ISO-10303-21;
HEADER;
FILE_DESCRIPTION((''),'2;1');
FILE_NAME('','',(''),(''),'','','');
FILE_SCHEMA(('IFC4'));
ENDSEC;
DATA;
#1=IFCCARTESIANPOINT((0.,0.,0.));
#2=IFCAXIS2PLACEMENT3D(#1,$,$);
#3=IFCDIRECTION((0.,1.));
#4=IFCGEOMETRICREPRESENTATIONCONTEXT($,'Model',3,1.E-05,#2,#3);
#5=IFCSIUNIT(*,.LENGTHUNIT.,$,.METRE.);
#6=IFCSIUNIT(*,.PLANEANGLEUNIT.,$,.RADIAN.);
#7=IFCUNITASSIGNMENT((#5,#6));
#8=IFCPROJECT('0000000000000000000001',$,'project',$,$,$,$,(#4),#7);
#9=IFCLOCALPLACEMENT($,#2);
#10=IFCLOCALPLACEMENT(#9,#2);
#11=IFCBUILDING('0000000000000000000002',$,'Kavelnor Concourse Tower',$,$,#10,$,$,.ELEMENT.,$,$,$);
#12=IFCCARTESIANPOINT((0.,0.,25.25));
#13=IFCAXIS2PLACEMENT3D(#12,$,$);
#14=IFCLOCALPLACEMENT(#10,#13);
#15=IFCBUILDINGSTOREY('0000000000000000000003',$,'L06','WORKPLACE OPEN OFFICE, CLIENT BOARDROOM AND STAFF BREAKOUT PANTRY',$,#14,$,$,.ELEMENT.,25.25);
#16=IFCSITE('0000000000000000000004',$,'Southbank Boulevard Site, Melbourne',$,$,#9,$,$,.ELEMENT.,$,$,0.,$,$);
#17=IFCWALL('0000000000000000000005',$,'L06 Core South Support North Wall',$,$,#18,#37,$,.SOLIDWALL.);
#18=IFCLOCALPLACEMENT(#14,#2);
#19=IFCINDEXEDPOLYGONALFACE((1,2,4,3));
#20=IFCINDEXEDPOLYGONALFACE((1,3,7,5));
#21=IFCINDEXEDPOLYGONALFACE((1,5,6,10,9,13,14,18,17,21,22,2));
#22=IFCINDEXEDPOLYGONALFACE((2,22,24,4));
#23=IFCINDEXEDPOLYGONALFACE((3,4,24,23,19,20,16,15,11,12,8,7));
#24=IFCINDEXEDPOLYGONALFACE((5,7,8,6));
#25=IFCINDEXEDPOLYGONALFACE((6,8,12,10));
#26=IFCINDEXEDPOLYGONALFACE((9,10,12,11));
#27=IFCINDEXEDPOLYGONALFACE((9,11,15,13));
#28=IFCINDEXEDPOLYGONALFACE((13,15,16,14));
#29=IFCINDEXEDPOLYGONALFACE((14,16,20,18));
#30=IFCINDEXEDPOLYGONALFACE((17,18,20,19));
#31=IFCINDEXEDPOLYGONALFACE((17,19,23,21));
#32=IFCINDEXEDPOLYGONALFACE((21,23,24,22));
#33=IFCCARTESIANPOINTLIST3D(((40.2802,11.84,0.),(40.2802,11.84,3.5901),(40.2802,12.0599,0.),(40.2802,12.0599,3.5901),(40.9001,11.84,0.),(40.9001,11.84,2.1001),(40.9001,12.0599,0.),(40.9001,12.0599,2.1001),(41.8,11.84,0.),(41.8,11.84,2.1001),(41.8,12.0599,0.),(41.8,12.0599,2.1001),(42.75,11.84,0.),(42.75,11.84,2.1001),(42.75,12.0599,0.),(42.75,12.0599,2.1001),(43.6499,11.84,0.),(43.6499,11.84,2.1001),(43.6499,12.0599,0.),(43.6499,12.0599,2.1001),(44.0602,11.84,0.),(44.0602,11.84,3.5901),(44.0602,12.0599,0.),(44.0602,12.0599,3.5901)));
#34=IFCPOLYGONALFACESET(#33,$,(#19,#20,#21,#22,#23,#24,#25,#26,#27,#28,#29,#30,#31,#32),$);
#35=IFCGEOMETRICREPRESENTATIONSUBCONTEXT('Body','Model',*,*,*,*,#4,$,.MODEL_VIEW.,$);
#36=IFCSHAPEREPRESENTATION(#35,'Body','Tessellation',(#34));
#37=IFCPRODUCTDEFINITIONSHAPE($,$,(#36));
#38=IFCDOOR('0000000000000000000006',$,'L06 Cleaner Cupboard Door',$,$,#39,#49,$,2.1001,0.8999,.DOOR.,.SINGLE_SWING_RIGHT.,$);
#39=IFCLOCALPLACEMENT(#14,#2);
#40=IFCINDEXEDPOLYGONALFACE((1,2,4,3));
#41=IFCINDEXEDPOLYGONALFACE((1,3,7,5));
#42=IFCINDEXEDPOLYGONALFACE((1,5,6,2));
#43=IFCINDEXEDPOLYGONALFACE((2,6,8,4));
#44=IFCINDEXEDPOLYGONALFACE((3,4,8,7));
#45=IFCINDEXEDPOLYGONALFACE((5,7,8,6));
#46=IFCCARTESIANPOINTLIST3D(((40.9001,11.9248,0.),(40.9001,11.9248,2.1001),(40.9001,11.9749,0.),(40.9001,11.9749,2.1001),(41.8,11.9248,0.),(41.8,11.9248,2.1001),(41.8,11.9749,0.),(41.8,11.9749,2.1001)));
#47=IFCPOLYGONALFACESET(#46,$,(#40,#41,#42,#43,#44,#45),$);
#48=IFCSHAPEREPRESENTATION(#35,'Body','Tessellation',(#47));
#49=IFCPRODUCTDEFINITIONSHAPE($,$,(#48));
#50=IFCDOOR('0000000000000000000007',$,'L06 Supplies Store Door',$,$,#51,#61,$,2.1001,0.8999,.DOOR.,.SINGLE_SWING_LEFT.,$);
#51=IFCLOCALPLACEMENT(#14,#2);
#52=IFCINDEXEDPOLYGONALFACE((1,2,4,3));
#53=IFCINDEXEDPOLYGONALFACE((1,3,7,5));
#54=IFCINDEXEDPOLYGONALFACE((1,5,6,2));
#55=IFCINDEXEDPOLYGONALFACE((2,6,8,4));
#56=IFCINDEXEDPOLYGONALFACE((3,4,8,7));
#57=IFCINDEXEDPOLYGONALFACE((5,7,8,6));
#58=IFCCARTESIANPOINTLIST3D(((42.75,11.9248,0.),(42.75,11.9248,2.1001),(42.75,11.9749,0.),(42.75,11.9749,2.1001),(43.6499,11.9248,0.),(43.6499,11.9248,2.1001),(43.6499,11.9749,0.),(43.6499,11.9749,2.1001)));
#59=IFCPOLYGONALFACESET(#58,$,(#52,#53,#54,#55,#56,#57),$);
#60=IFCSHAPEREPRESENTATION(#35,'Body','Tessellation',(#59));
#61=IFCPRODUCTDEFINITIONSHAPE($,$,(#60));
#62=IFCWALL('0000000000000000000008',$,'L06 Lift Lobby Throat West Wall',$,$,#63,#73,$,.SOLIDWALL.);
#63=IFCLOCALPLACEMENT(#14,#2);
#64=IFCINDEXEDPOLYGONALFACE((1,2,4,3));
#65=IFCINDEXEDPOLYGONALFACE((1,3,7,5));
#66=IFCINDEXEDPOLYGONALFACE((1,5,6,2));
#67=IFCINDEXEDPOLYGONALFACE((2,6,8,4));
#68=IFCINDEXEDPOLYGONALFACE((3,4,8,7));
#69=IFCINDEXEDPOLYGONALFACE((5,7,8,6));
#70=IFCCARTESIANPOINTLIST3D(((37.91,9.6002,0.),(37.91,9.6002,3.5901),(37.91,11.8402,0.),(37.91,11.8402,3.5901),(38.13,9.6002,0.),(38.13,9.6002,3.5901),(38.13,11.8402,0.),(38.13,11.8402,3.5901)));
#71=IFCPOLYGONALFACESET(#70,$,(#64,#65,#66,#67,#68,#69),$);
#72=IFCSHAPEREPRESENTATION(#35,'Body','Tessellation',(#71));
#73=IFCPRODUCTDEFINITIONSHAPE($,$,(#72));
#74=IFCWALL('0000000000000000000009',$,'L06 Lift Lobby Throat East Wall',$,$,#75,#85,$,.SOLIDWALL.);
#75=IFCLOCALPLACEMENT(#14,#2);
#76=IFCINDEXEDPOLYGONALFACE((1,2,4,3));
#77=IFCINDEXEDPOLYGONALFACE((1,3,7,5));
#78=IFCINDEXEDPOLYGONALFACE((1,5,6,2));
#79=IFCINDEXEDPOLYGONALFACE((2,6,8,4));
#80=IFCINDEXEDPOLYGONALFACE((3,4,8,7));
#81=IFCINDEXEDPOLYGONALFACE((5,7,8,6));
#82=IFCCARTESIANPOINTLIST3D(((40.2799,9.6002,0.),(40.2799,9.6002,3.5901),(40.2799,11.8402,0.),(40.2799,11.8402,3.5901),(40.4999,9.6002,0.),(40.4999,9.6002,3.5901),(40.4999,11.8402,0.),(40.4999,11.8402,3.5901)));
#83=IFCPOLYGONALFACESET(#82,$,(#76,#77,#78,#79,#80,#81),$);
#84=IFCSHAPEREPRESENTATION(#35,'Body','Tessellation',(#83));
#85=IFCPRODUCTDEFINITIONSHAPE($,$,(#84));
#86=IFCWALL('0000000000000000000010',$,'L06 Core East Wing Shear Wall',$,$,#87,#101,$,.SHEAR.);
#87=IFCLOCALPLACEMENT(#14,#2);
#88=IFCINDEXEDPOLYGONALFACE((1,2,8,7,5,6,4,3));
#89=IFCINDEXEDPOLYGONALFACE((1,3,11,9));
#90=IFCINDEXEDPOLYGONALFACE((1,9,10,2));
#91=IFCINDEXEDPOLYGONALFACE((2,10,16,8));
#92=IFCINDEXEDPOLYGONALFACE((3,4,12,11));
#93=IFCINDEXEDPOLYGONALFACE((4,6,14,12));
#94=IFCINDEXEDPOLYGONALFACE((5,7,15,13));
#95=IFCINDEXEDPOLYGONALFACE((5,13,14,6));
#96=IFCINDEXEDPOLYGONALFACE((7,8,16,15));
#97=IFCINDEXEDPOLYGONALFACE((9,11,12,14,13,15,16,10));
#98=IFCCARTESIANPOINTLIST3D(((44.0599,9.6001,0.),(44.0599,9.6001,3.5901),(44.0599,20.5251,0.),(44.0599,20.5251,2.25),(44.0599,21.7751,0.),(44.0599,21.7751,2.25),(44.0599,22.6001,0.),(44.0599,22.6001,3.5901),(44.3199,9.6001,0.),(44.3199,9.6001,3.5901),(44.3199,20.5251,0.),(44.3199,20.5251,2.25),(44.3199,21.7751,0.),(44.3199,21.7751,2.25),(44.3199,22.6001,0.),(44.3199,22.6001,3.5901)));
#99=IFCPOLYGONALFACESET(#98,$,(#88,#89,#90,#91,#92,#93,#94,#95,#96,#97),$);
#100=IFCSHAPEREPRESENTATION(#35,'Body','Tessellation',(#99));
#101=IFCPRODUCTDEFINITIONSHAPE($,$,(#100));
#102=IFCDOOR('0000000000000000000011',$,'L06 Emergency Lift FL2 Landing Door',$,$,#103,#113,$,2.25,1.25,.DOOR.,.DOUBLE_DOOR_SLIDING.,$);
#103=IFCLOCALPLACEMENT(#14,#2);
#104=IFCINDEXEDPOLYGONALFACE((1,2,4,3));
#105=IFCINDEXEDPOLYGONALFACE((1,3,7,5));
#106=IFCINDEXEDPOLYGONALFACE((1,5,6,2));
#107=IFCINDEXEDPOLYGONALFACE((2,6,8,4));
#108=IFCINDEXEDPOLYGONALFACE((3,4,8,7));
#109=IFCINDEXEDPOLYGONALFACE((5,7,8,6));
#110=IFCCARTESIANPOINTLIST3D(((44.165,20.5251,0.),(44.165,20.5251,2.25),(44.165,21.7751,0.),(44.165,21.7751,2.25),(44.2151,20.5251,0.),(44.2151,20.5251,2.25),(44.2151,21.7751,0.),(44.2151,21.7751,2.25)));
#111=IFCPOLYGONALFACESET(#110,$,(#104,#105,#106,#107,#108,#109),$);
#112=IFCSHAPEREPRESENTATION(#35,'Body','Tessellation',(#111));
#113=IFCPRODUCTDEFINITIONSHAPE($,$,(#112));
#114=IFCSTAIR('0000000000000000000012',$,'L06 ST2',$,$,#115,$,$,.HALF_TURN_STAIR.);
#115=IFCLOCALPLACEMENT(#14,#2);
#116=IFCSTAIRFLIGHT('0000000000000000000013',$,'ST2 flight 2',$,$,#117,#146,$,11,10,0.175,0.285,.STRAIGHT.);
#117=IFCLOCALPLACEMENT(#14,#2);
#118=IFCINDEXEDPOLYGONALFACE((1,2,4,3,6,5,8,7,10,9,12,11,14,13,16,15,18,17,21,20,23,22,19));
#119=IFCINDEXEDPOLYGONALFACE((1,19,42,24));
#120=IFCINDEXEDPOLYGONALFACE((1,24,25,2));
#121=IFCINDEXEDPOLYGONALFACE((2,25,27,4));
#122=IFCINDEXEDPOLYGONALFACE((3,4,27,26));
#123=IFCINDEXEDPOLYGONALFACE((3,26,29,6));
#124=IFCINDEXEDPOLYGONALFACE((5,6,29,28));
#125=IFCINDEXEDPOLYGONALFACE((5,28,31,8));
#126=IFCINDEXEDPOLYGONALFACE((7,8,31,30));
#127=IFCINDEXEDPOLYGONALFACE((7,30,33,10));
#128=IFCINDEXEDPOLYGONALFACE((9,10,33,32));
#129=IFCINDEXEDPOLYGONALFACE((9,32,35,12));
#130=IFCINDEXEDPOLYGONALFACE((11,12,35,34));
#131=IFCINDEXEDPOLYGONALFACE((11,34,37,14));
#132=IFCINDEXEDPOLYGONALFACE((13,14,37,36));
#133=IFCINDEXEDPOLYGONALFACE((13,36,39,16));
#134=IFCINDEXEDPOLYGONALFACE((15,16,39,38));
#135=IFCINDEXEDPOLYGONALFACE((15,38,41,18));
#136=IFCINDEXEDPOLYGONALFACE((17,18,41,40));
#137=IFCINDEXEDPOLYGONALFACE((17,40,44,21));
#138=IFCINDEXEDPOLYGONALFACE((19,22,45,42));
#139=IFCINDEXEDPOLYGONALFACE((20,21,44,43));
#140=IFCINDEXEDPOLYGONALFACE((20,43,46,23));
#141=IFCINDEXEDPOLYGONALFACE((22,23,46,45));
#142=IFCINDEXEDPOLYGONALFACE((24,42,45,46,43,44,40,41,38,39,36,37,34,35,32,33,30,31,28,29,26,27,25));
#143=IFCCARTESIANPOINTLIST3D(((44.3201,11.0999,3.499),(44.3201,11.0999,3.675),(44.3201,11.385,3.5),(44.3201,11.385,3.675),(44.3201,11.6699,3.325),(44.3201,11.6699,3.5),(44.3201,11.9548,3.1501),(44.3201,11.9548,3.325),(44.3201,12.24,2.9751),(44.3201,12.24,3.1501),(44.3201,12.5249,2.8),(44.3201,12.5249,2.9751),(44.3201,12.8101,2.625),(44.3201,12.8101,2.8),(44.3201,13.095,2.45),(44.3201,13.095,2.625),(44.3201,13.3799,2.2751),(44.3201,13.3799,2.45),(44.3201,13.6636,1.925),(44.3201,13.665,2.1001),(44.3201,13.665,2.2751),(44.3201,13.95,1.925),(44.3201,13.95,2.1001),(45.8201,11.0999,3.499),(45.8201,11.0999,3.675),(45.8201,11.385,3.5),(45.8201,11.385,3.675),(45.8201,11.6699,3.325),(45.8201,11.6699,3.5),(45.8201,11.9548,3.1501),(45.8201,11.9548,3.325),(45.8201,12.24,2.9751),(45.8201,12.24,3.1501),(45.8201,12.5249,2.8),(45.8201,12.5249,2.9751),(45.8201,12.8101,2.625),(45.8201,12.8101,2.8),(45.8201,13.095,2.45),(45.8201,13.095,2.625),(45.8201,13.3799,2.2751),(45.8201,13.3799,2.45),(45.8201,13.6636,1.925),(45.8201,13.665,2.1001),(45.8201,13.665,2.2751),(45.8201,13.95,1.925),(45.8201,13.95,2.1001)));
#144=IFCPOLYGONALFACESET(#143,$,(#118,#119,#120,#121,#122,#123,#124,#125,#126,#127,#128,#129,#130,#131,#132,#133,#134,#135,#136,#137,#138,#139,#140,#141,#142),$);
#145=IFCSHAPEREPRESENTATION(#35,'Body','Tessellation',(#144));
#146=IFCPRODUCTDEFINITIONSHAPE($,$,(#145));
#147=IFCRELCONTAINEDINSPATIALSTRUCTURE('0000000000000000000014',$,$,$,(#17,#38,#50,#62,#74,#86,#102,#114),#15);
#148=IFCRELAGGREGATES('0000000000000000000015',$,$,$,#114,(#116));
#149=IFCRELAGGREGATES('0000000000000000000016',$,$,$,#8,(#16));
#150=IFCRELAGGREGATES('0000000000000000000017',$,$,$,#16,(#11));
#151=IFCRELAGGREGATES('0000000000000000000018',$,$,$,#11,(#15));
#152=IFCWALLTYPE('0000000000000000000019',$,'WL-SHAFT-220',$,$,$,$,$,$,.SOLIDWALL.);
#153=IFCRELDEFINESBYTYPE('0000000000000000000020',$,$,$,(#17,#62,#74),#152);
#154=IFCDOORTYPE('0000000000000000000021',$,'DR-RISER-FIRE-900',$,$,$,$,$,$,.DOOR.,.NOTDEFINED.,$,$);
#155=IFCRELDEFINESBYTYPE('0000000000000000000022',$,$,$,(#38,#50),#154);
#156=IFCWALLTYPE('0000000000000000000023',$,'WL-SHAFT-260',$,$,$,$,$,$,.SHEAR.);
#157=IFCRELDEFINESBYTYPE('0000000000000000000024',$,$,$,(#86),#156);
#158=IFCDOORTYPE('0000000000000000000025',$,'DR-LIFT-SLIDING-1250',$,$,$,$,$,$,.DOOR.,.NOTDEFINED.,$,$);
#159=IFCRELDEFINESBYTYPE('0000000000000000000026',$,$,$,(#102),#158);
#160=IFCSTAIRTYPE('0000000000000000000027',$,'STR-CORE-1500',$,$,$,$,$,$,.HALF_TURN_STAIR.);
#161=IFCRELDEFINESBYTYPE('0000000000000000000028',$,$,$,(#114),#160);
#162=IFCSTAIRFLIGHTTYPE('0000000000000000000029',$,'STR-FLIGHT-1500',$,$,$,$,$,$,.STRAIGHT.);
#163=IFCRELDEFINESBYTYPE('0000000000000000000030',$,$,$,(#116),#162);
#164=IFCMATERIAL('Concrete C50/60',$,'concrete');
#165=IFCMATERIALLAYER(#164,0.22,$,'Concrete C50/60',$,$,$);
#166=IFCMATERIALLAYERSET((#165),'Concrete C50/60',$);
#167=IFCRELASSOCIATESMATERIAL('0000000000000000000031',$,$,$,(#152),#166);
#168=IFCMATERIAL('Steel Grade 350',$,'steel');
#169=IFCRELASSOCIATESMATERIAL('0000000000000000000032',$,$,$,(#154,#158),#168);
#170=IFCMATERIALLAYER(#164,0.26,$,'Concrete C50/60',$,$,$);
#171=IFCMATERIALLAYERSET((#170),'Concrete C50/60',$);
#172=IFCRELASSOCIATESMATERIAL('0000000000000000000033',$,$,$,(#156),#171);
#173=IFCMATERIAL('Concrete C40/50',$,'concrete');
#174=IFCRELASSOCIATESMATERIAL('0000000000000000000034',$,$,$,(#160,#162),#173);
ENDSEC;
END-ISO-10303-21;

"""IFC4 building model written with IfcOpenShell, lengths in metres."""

from ifc_helpers import new_model, si_unit, direction, frame, frame_2d, origin, place, context, subcontext, project, spatial, polyline, rectangle, outline, extrude, material, layer, layer_set, type_object, element, fill, aggregate, save


model = new_model("IFC4")

# Units and contexts
model_context = context("Model", 3, precision=1e-05, world=origin(), true_north=direction((0.0, 1.0)))
body_context = subcontext(model_context, "Body", "Model", "MODEL_VIEW")
ifc_project = project(units=[si_unit("LENGTHUNIT", "METRE"), si_unit("PLANEANGLEUNIT", "RADIAN")], contexts=[model_context])

# Site, building, storey
site_placement = place(None, origin())
site = spatial("IfcSite", under=ifc_project, at=site_placement, Name="Southbank Boulevard Site, Melbourne", CompositionType="ELEMENT", RefElevation=0.0)
building_placement = place(site_placement, origin())
building = spatial("IfcBuilding", under=site, at=building_placement, Name="Kavelnor Concourse Tower", CompositionType="ELEMENT")
storey_placement = place(building_placement, frame((0.0, 0.0, 25.25)))
storey = spatial("IfcBuildingStorey", under=building, at=storey_placement, Name="L06", Description="WORKPLACE OPEN OFFICE, CLIENT BOARDROOM AND STAFF BREAKOUT PANTRY", CompositionType="ELEMENT", Elevation=25.25)

# Shared definitions
ifc_material_1 = material(Name="Steel Grade 350", Category="steel")

# Wall, openings, doors
ifc_material_2 = material(Name="Concrete C50/60", Category="concrete")
ifc_layer_1 = layer(ifc_material_2, 0.22, Name="Concrete C50/60")
ifc_layer_set_1 = layer_set([ifc_layer_1], Name="Concrete C50/60")
wall_type_1 = type_object("IfcWallType", Name="WL-SHAFT-220", PredefinedType="SOLIDWALL", material=ifc_layer_set_1)
wall_1_placement = place(storey_placement, frame((40.28, 11.95, 0.0), z_axis=(0.0, 0.0, 1.0), x_axis=(1.0, 0.0, 0.0)))
wall_1 = element("IfcWall", 1, at=wall_1_placement, inside=storey, type_object=wall_type_1, Name="L06 Core South Support North Wall", PredefinedType="SOLIDWALL", context=body_context, shape_type="SweptSolid", body=[
    extrude(rectangle(XDim=3.78, YDim=0.22, at=frame_2d((1.8901, 0.0))), origin(), (0.0, 0.0, 1.0), 3.5901),
])
opening_1_placement = place(wall_1_placement, frame((0.6201, 0.0, 0.0)))
opening_1 = element("IfcOpeningElement", 2, at=opening_1_placement, cuts=wall_1, PredefinedType="OPENING", context=body_context, shape_type="SweptSolid", body=[
    extrude(rectangle(XDim=0.8999, YDim=2.1001, at=frame_2d((0.45, 1.05))), frame((0.0, 0.1201, 0.0), z_axis=(0.0, -1.0, 0.0), x_axis=(1.0, 0.0, 0.0)), (0.0, 0.0, 1.0), 0.24),
])
opening_2_placement = place(wall_1_placement, frame((2.47, 0.0, 0.0)))
opening_2 = element("IfcOpeningElement", 3, at=opening_2_placement, cuts=wall_1, PredefinedType="OPENING", context=body_context, shape_type="SweptSolid", body=[
    extrude(rectangle(XDim=0.8999, YDim=2.1001, at=frame_2d((0.45, 1.05))), frame((0.0, 0.1201, 0.0), z_axis=(0.0, -1.0, 0.0), x_axis=(1.0, 0.0, 0.0)), (0.0, 0.0, 1.0), 0.24),
])
door_type_1 = type_object("IfcDoorType", Name="DR-RISER-FIRE-900", OperationType="NOTDEFINED", PredefinedType="DOOR", material=ifc_material_1)
door_1_placement = place(opening_1_placement, origin())
door_1 = element("IfcDoor", 4, at=door_1_placement, inside=storey, type_object=door_type_1, Name="L06 Cleaner Cupboard Door", OperationType="SINGLE_SWING_RIGHT", OverallHeight=2.1001, OverallWidth=0.8999, PredefinedType="DOOR", context=body_context, shape_type="SweptSolid", body=[
    extrude(rectangle(XDim=0.8999, YDim=2.1001, at=frame_2d((0.45, 1.05))), frame((0.0, 0.0249, 0.0), z_axis=(0.0, -1.0, 0.0), x_axis=(1.0, 0.0, 0.0)), (0.0, 0.0, 1.0), 0.05),
])
fill(opening_1, door_1)
door_2_placement = place(opening_2_placement, origin())
door_2 = element("IfcDoor", 5, at=door_2_placement, inside=storey, type_object=door_type_1, Name="L06 Supplies Store Door", OperationType="SINGLE_SWING_LEFT", OverallHeight=2.1001, OverallWidth=0.8999, PredefinedType="DOOR", context=body_context, shape_type="SweptSolid", body=[
    extrude(rectangle(XDim=0.8999, YDim=2.1001, at=frame_2d((0.45, 1.05))), frame((0.0, 0.0249, 0.0), z_axis=(0.0, -1.0, 0.0), x_axis=(1.0, 0.0, 0.0)), (0.0, 0.0, 1.0), 0.05),
])
fill(opening_2, door_2)

# Walls
for number, where, z_axis, x_axis, name in (
    (6, (38.02, 9.6001, 0.0), (0.0, 0.0, 1.0), (0.0, 1.0, 0.0), "L06 Lift Lobby Throat West Wall"),
    (7, (40.3899, 9.6001, 0.0), (0.0, 0.0, 1.0), (0.0, 1.0, 0.0), "L06 Lift Lobby Throat East Wall"),
):
    element("IfcWall", number, at=place(storey_placement, frame(where, z_axis=z_axis, x_axis=x_axis)), inside=storey, type_object=wall_type_1, Name=name, PredefinedType="SOLIDWALL", context=body_context, shape_type="SweptSolid", body=[
        extrude(rectangle(XDim=2.24, YDim=0.22, at=frame_2d((1.1201, 0.0))), origin(), (0.0, 0.0, 1.0), 3.5901),
    ])

# Wall, opening, door
ifc_layer_2 = layer(ifc_material_2, 0.26, Name="Concrete C50/60")
ifc_layer_set_2 = layer_set([ifc_layer_2], Name="Concrete C50/60")
wall_type_2 = type_object("IfcWallType", Name="WL-SHAFT-260", PredefinedType="SHEAR", material=ifc_layer_set_2)
wall_2_placement = place(storey_placement, frame((44.1899, 9.6001, 0.0), z_axis=(0.0, 0.0, 1.0), x_axis=(0.0, 1.0, 0.0)))
wall_2 = element("IfcWall", 8, at=wall_2_placement, inside=storey, type_object=wall_type_2, Name="L06 Core East Wing Shear Wall", PredefinedType="SHEAR", context=body_context, shape_type="SweptSolid", body=[
    extrude(rectangle(XDim=13.0, YDim=0.26, at=frame_2d((6.5, 0.0))), origin(), (0.0, 0.0, 1.0), 3.5901),
])
opening_3_placement = place(wall_2_placement, frame((10.925, 0.0, 0.0)))
opening_3 = element("IfcOpeningElement", 9, at=opening_3_placement, cuts=wall_2, PredefinedType="OPENING", context=body_context, shape_type="SweptSolid", body=[
    extrude(rectangle(XDim=1.25, YDim=2.25, at=frame_2d((0.625, 1.125))), frame((0.0, 0.1401, 0.0), z_axis=(0.0, -1.0, 0.0), x_axis=(1.0, 0.0, 0.0)), (0.0, 0.0, 1.0), 0.28),
])
door_type_2 = type_object("IfcDoorType", Name="DR-LIFT-SLIDING-1250", OperationType="NOTDEFINED", PredefinedType="DOOR", material=ifc_material_1)
door_3_placement = place(opening_3_placement, origin())
door_3 = element("IfcDoor", 10, at=door_3_placement, inside=storey, type_object=door_type_2, Name="L06 Emergency Lift FL2 Landing Door", OperationType="DOUBLE_DOOR_SLIDING", OverallHeight=2.25, OverallWidth=1.25, PredefinedType="DOOR", context=body_context, shape_type="SweptSolid", body=[
    extrude(rectangle(XDim=1.25, YDim=2.25, at=frame_2d((0.625, 1.125))), frame((0.0, 0.0249, 0.0), z_axis=(0.0, -1.0, 0.0), x_axis=(1.0, 0.0, 0.0)), (0.0, 0.0, 1.0), 0.05),
])
fill(opening_3, door_3)

# Stair, stair flight
ifc_material_3 = material(Name="Concrete C40/50", Category="concrete")
stair_type = type_object("IfcStairType", Name="STR-CORE-1500", PredefinedType="HALF_TURN_STAIR", material=ifc_material_3)
stair_placement = place(storey_placement, origin())
stair = element("IfcStair", 11, at=stair_placement, inside=storey, type_object=stair_type, Name="L06 ST2", PredefinedType="HALF_TURN_STAIR")
stair_flight_type = type_object("IfcStairFlightType", Name="STR-FLIGHT-1500", PredefinedType="STRAIGHT", material=ifc_material_3)
stair_flight_placement = place(storey_placement, frame((45.0701, 13.95, 1.925), z_axis=(0.0, 0.0, 1.0), x_axis=(0.0, -1.0, 0.0)))
stair_flight = element("IfcStairFlight", 12, at=stair_flight_placement, type_object=stair_flight_type, Name="ST2 flight 2", NumberOfRisers=11, NumberOfTreads=10, PredefinedType="STRAIGHT", RiserHeight=0.175, TreadLength=0.285, context=body_context, shape_type="SweptSolid", body=[
    extrude(outline(polyline([(0.0, 0.0), (0.0, 0.175), (0.2849, 0.175), (0.2849, 0.3501), (0.5701, 0.3501), (0.5701, 0.5249), (0.855, 0.5249), (0.855, 0.7), (1.1399, 0.7), (1.1399, 0.875), (1.425, 0.875), (1.425, 1.05), (1.71, 1.05), (1.71, 1.2251), (1.9951, 1.2251), (1.9951, 1.3999), (2.28, 1.3999), (2.28, 1.575), (2.5649, 1.575), (2.5649, 1.75), (2.8501, 1.75), (2.8501, 1.925), (2.8501, 1.574), (0.2864, 0.0), (0.0, 0.0)])), frame((0.0, 0.75, 0.0), z_axis=(0.0, -1.0, 0.0), x_axis=(1.0, 0.0, 0.0)), (0.0, 0.0, 1.0), 1.5),
])
aggregate(stair, [stair_flight])

save(model, "model.ifc")
